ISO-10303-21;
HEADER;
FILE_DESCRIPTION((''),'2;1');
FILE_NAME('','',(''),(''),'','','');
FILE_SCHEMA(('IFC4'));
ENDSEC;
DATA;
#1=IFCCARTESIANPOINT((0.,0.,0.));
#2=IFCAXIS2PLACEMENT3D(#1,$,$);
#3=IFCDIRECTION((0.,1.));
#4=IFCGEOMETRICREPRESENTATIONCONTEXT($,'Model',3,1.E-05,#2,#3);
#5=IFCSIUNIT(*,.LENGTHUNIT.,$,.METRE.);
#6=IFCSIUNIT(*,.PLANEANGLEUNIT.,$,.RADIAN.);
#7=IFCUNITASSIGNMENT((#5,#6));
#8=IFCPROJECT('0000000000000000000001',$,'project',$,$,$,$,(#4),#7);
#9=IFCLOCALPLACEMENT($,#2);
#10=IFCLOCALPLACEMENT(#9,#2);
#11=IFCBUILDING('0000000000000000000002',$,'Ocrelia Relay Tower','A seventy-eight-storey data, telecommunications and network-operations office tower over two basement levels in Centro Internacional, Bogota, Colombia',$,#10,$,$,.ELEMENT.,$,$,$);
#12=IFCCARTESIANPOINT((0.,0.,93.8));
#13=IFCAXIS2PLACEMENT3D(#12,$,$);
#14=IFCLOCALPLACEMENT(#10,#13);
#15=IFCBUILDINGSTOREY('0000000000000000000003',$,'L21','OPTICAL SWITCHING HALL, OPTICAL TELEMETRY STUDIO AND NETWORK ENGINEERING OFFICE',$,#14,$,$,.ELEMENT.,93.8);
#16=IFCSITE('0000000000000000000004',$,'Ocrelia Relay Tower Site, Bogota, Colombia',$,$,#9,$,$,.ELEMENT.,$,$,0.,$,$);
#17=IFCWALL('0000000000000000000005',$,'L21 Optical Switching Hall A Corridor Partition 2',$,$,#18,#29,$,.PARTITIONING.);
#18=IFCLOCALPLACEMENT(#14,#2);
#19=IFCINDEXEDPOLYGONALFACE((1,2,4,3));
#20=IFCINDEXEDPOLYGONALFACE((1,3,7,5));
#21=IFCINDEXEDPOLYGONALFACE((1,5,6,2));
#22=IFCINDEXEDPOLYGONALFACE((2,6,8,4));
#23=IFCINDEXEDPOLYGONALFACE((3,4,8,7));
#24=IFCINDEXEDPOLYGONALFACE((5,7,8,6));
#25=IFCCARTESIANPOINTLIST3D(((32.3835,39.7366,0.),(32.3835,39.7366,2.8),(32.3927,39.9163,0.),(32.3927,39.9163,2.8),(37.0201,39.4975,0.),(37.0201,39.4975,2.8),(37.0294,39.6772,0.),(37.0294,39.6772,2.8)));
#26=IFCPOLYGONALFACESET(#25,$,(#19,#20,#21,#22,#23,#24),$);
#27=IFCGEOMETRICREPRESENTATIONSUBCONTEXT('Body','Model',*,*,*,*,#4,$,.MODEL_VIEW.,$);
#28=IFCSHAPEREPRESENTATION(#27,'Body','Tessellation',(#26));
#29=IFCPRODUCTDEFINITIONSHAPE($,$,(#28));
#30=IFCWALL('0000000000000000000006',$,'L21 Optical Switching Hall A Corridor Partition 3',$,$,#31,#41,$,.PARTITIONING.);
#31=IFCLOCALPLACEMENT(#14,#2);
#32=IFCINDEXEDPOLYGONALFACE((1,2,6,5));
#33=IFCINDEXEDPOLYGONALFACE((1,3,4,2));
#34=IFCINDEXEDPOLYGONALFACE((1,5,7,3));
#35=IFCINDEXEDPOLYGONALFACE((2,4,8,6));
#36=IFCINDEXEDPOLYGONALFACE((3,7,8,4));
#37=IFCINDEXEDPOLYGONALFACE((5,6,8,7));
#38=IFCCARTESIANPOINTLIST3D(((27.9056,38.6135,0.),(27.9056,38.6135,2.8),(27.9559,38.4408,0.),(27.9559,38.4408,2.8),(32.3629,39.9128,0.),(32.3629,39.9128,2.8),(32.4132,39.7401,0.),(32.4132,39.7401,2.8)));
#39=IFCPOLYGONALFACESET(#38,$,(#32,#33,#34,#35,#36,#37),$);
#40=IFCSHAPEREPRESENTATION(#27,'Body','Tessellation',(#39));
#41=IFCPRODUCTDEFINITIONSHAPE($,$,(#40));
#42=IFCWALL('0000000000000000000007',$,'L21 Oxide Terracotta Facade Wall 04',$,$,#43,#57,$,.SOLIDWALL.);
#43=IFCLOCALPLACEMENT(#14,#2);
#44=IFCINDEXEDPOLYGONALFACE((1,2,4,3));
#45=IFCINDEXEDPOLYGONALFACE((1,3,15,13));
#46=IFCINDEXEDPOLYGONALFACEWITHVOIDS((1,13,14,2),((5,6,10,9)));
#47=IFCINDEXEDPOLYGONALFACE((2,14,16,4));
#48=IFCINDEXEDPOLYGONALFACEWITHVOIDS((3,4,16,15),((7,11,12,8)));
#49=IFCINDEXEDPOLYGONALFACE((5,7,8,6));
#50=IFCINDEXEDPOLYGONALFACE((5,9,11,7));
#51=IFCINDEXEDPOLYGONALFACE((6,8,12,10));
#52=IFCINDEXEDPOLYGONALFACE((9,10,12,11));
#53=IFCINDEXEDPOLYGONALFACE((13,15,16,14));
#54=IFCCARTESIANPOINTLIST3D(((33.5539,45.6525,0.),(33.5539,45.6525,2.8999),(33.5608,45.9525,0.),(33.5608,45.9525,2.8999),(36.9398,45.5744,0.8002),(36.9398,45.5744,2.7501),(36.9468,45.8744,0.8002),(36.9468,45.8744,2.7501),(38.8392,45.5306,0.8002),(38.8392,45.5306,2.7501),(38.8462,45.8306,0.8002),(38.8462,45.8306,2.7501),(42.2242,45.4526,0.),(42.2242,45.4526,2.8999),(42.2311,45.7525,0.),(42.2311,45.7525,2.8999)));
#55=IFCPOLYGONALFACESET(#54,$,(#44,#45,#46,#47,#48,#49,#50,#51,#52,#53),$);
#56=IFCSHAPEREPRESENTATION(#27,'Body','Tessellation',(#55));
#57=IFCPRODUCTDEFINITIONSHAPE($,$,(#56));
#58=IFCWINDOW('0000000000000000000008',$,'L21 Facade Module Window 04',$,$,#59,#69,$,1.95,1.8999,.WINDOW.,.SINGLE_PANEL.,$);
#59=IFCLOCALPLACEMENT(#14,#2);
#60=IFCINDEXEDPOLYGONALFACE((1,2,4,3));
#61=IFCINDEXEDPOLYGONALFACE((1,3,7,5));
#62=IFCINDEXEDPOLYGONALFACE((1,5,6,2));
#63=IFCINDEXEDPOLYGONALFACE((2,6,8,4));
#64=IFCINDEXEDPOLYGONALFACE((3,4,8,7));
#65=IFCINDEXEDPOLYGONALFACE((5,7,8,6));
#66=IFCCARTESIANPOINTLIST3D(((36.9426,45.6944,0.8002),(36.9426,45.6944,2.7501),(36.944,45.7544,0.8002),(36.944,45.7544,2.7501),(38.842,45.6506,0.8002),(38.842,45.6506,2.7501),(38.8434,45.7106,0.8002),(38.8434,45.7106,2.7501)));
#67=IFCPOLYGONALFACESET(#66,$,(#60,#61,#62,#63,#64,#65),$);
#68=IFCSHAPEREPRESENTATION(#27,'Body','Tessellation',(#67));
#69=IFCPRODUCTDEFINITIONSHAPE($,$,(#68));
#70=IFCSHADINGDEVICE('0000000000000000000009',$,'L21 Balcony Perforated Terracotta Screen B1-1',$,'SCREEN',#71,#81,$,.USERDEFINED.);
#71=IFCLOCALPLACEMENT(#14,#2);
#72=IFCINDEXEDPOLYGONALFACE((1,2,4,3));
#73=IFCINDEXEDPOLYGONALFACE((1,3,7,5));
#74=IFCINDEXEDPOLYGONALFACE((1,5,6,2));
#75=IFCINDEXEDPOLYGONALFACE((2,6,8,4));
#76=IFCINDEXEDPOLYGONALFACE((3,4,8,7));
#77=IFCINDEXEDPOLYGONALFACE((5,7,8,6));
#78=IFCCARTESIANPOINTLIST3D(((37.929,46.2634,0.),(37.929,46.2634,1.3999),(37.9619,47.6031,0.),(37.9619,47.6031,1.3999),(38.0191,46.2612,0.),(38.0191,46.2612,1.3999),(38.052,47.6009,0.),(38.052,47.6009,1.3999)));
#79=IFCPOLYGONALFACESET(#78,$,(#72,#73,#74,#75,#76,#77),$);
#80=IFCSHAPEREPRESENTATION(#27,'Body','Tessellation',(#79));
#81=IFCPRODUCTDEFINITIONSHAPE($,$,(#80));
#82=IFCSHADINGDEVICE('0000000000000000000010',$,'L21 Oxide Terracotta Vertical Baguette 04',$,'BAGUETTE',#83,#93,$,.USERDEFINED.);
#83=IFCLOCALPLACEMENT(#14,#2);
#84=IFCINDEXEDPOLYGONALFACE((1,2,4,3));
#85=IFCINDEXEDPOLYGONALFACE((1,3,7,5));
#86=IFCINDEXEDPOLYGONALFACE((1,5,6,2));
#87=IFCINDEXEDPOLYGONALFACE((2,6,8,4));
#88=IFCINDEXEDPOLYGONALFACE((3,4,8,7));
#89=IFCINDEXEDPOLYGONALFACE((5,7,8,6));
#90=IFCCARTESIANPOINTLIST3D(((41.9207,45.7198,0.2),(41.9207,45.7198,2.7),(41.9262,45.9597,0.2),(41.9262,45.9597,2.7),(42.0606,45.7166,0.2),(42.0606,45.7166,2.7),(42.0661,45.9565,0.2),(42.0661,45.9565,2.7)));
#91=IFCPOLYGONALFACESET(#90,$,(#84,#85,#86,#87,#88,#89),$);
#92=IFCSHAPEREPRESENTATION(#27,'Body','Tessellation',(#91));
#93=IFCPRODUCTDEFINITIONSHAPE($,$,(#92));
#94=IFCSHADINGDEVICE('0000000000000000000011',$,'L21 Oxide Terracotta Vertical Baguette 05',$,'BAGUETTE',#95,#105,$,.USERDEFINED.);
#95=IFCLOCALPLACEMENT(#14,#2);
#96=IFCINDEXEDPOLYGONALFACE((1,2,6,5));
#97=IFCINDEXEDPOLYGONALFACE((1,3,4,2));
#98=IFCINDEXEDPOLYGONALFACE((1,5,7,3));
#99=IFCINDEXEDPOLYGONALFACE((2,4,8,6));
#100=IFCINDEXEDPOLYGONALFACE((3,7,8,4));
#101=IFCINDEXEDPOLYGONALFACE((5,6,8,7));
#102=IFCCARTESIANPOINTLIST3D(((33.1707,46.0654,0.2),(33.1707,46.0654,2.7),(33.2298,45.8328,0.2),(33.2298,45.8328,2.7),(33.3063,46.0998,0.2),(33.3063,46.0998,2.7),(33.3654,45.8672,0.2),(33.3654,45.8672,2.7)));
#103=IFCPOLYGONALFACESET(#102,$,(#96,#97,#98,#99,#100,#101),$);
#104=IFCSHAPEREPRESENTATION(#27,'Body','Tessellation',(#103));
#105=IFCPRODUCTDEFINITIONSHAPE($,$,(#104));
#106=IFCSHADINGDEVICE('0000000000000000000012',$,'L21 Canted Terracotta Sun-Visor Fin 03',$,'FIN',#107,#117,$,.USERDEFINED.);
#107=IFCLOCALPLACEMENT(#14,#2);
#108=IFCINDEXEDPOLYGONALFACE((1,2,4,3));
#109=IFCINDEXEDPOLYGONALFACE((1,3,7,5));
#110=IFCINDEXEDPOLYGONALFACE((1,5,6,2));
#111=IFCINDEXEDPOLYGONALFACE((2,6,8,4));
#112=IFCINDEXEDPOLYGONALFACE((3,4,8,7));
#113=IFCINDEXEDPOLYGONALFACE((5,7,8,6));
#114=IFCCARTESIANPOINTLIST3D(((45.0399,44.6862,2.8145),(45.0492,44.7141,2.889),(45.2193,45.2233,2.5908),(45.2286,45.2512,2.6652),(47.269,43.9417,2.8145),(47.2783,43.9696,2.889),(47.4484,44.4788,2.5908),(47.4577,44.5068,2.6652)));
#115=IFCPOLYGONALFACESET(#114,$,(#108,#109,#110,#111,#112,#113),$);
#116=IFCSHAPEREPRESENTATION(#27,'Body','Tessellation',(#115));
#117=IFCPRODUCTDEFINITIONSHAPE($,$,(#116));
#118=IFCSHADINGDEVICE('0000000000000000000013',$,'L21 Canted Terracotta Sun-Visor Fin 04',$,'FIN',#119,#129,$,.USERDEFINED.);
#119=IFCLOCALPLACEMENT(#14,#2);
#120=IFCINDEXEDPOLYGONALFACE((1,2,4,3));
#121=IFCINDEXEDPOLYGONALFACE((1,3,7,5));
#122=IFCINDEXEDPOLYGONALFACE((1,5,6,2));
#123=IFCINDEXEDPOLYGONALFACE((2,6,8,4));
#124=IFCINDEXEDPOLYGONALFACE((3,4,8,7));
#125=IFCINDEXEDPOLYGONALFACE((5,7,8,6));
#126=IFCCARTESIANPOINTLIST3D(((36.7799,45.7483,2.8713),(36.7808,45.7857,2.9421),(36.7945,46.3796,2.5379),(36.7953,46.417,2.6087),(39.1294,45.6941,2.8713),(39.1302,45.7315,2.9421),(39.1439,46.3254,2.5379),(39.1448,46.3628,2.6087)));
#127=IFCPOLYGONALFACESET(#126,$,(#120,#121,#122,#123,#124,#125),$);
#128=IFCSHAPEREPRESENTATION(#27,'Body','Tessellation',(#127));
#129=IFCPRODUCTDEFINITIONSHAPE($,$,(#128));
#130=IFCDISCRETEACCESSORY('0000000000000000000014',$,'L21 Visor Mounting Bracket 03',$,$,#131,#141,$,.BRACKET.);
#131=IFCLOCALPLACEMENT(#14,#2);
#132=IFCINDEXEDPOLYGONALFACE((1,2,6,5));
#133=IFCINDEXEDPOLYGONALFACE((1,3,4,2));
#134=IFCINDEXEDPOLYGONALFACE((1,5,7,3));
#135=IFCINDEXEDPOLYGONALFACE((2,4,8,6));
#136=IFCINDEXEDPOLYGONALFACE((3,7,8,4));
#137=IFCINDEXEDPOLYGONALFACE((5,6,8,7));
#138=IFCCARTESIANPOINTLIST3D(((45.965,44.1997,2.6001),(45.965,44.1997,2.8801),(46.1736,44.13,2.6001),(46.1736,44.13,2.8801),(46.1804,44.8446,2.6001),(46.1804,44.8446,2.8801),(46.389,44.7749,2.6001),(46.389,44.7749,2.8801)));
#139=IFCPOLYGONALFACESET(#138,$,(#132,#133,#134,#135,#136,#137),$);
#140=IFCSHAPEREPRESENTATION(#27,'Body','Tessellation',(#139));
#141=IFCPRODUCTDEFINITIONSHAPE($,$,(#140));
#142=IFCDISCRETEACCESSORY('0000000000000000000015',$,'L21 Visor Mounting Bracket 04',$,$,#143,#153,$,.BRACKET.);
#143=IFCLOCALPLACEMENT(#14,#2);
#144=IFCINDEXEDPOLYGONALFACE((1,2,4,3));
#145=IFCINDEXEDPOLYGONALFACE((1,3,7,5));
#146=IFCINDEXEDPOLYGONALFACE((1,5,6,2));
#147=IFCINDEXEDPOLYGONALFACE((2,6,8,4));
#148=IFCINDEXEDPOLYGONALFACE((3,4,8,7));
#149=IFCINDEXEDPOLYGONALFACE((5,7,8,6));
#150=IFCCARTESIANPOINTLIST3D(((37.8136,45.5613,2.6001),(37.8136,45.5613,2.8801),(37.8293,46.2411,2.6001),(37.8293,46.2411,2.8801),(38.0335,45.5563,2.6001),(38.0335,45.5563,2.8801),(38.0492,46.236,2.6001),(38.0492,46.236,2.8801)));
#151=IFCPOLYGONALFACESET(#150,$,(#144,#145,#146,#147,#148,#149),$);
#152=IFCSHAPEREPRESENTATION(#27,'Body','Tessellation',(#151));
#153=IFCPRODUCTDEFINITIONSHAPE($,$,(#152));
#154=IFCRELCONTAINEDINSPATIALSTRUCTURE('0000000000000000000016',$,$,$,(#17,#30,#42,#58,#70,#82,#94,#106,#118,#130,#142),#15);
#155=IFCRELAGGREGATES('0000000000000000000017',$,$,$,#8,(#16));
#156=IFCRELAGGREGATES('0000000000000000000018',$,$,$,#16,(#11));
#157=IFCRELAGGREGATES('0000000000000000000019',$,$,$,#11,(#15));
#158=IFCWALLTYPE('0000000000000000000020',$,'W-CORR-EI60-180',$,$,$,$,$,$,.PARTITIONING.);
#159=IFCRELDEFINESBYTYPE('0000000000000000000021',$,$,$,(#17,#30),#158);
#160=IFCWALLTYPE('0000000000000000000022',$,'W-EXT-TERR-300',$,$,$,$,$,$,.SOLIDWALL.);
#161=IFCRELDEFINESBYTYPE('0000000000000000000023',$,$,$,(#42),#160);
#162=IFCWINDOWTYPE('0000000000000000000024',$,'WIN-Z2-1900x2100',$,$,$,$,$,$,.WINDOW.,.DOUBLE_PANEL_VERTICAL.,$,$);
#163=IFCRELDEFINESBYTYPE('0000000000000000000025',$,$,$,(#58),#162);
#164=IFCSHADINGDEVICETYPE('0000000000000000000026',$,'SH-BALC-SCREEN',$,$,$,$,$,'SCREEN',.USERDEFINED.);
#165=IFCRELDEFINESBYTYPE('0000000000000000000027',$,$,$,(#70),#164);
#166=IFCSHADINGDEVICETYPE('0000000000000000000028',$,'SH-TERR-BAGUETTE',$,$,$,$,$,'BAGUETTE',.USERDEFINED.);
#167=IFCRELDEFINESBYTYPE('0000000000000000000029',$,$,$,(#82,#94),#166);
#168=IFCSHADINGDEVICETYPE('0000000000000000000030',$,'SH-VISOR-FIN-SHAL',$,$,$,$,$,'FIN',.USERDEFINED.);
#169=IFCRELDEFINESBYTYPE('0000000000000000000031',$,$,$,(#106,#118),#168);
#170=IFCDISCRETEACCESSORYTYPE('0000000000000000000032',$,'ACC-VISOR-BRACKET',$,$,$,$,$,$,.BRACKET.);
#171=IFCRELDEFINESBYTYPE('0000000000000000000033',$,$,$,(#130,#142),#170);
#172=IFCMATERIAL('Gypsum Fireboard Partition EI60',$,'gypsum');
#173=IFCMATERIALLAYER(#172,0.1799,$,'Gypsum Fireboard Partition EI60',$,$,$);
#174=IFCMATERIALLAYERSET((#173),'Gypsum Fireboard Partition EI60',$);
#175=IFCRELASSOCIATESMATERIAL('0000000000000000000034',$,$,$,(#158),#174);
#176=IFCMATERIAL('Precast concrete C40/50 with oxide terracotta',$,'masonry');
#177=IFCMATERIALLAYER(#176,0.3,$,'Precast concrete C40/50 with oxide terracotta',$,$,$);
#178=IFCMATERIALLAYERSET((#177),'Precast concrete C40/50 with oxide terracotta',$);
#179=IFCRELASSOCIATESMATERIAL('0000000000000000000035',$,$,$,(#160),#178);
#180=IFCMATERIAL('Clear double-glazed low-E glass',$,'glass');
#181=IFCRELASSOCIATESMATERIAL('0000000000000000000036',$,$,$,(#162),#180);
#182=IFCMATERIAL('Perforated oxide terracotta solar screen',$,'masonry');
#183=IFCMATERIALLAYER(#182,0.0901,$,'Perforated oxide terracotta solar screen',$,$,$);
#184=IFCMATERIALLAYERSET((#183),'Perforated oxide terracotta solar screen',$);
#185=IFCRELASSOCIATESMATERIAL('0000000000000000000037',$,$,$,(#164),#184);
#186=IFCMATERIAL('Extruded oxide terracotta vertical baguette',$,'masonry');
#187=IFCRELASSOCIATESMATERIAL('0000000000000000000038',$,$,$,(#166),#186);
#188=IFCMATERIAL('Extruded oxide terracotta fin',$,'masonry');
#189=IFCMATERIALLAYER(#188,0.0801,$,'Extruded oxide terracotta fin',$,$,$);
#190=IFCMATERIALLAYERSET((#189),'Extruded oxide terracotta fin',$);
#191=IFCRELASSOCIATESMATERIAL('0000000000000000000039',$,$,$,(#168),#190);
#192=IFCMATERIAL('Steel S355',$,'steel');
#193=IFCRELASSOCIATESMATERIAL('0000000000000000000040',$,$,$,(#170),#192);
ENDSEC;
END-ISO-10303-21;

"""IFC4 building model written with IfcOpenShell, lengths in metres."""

from ifc_helpers import new_model, si_unit, direction, frame, frame_2d, origin, origin_2d, place, context, subcontext, project, spatial, rectangle, extrude, material, layer, layer_set, type_object, element, fill, save


model = new_model("IFC4")

# Units and contexts
model_context = context("Model", 3, precision=1e-05, world=origin(), true_north=direction((0.0, 1.0)))
body_context = subcontext(model_context, "Body", "Model", "MODEL_VIEW")
ifc_project = project(units=[si_unit("LENGTHUNIT", "METRE"), si_unit("PLANEANGLEUNIT", "RADIAN")], contexts=[model_context])

# Site, building, storey
site_placement = place(None, origin())
site = spatial("IfcSite", under=ifc_project, at=site_placement, Name="Ocrelia Relay Tower Site, Bogota, Colombia", CompositionType="ELEMENT", RefElevation=0.0)
building_placement = place(site_placement, origin())
building = spatial("IfcBuilding", under=site, at=building_placement, Name="Ocrelia Relay Tower", Description="A seventy-eight-storey data, telecommunications and network-operations office tower over two basement levels in Centro Internacional, Bogota, Colombia", CompositionType="ELEMENT")
storey_placement = place(building_placement, frame((0.0, 0.0, 93.8)))
storey = spatial("IfcBuildingStorey", under=building, at=storey_placement, Name="L21", Description="OPTICAL SWITCHING HALL, OPTICAL TELEMETRY STUDIO AND NETWORK ENGINEERING OFFICE", CompositionType="ELEMENT", Elevation=93.8)

# Shared definitions
ifc_material_1 = material(Name="Steel S355", Category="steel")

# Shared definitions
ifc_material_2 = material(Name="Gypsum Fireboard Partition EI60", Category="gypsum")
ifc_layer_1 = layer(ifc_material_2, 0.1799, Name="Gypsum Fireboard Partition EI60")
ifc_layer_set_1 = layer_set([ifc_layer_1], Name="Gypsum Fireboard Partition EI60")
wall_type_1 = type_object("IfcWallType", Name="W-CORR-EI60-180", PredefinedType="PARTITIONING", material=ifc_layer_set_1)

# Walls
for number, where, z_axis, x_axis, name in (
    (1, (37.0247, 39.5874, 0.0), (0.0, 0.0, 1.0), (-0.998674, 0.05148, 0.0), "L21 Optical Switching Hall A Corridor Partition 2"),
    (2, (32.3879, 39.8264, 0.0), (0.0, 0.0, 1.0), (-0.960042, -0.279857, 0.0), "L21 Optical Switching Hall A Corridor Partition 3"),
):
    element("IfcWall", number, at=place(storey_placement, frame(where, z_axis=z_axis, x_axis=x_axis)), inside=storey, type_object=wall_type_1, Name=name, PredefinedType="PARTITIONING", context=body_context, shape_type="SweptSolid", body=[
        extrude(rectangle(XDim=4.6428, YDim=0.1799, at=frame_2d((2.3213, 0.0))), origin(), (0.0, 0.0, 1.0), 2.8),
    ])

# Wall, opening, window
ifc_material_3 = material(Name="Precast concrete C40/50 with oxide terracotta", Category="masonry")
ifc_layer_2 = layer(ifc_material_3, 0.3, Name="Precast concrete C40/50 with oxide terracotta")
ifc_layer_set_2 = layer_set([ifc_layer_2], Name="Precast concrete C40/50 with oxide terracotta")
wall_type_2 = type_object("IfcWallType", Name="W-EXT-TERR-300", PredefinedType="SOLIDWALL", material=ifc_layer_set_2)
wall_1_placement = place(storey_placement, frame((42.2278, 45.6025, 0.0), z_axis=(0.0, 0.0, 1.0), x_axis=(-0.999734, 0.023055, 0.0)))
wall_1 = element("IfcWall", 3, at=wall_1_placement, inside=storey, type_object=wall_type_2, Name="L21 Oxide Terracotta Facade Wall 04", PredefinedType="SOLIDWALL", context=body_context, shape_type="SweptSolid", body=[
    extrude(rectangle(XDim=8.6726, YDim=0.3, at=frame_2d((4.3364, 0.0))), origin(), (0.0, 0.0, 1.0), 2.8999),
])
opening_1_placement = place(wall_1_placement, frame((3.386, 0.0, 0.8)))
opening_1 = element("IfcOpeningElement", 4, at=opening_1_placement, cuts=wall_1, PredefinedType="OPENING", context=body_context, shape_type="SweptSolid", body=[
    extrude(rectangle(XDim=1.8999, YDim=1.95, at=frame_2d((0.95, 0.9751))), frame((0.0, 0.1602, 0.0), z_axis=(0.0, -1.0, 0.0), x_axis=(1.0, 0.0, 0.0)), (0.0, 0.0, 1.0), 0.3201),
])
ifc_material_4 = material(Name="Clear double-glazed low-E glass", Category="glass")
window_type = type_object("IfcWindowType", Name="WIN-Z2-1900x2100", PartitioningType="DOUBLE_PANEL_VERTICAL", PredefinedType="WINDOW", material=ifc_material_4)
window_placement = place(opening_1_placement, origin())
window = element("IfcWindow", 5, at=window_placement, inside=storey, type_object=window_type, Name="L21 Facade Module Window 04", OverallHeight=1.95, OverallWidth=1.8999, PartitioningType="SINGLE_PANEL", PredefinedType="WINDOW", context=body_context, shape_type="SweptSolid", body=[
    extrude(rectangle(XDim=1.8999, YDim=1.95, at=frame_2d((0.95, 0.9751))), frame((0.0, 0.03, 0.0), z_axis=(0.0, -1.0, 0.0), x_axis=(1.0, 0.0, 0.0)), (0.0, 0.0, 1.0), 0.0601),
])
fill(opening_1, window)

# Shading devices
ifc_material_5 = material(Name="Perforated oxide terracotta solar screen", Category="masonry")
ifc_layer_3 = layer(ifc_material_5, 0.0901, Name="Perforated oxide terracotta solar screen")
ifc_layer_set_3 = layer_set([ifc_layer_3], Name="Perforated oxide terracotta solar screen")
shading_device_type_1 = type_object("IfcShadingDeviceType", Name="SH-BALC-SCREEN", ElementType="SCREEN", PredefinedType="USERDEFINED", material=ifc_layer_set_3)
shading_device_1_placement = place(storey_placement, frame((37.9905, 46.9321, 0.0), z_axis=(0.0, 0.0, 1.0), x_axis=(0.024544, 0.999699, 0.0)))
element("IfcShadingDevice", 6, at=shading_device_1_placement, inside=storey, type_object=shading_device_type_1, Name="L21 Balcony Perforated Terracotta Screen B1-1", ObjectType="SCREEN", PredefinedType="USERDEFINED", context=body_context, shape_type="SweptSolid", body=[
    extrude(rectangle(XDim=1.3401, YDim=0.0901, at=origin_2d()), origin(), (0.0, 0.0, 1.0), 1.3999),
])
ifc_material_6 = material(Name="Extruded oxide terracotta vertical baguette", Category="masonry")
shading_device_type_2 = type_object("IfcShadingDeviceType", Name="SH-TERR-BAGUETTE", ElementType="BAGUETTE", PredefinedType="USERDEFINED", material=ifc_material_6)
for number, where, z_axis, x_axis, name in (
    (7, (41.9934, 45.8381, 0.2), (0.0, 0.0, 1.0), (-0.999734, 0.02306, 0.0), "L21 Oxide Terracotta Vertical Baguette 04"),
    (8, (33.2681, 45.9663, 0.2), (0.0, 0.0, 1.0), (-0.969231, -0.246154, 0.0), "L21 Oxide Terracotta Vertical Baguette 05"),
):
    element("IfcShadingDevice", number, at=place(storey_placement, frame(where, z_axis=z_axis, x_axis=x_axis)), inside=storey, type_object=shading_device_type_2, Name=name, ObjectType="BAGUETTE", PredefinedType="USERDEFINED", context=body_context, shape_type="SweptSolid", body=[
        extrude(rectangle(XDim=0.1399, YDim=0.24, at=origin_2d()), origin(), (0.0, 0.0, 1.0), 2.5),
    ])
ifc_material_7 = material(Name="Extruded oxide terracotta fin", Category="masonry")
ifc_layer_4 = layer(ifc_material_7, 0.0801, Name="Extruded oxide terracotta fin")
ifc_layer_set_4 = layer_set([ifc_layer_4], Name="Extruded oxide terracotta fin")
shading_device_type_3 = type_object("IfcShadingDeviceType", Name="SH-VISOR-FIN-SHAL", ElementType="FIN", PredefinedType="USERDEFINED", material=ifc_layer_set_4)
shading_device_2_placement = place(storey_placement, frame((46.2441, 44.5825, 2.7026), z_axis=(0.11641, 0.34855, 0.930033), x_axis=(-0.948498, 0.316784, 0.0)))
element("IfcShadingDevice", 9, at=shading_device_2_placement, inside=storey, type_object=shading_device_type_3, Name="L21 Canted Terracotta Sun-Visor Fin 03", ObjectType="FIN", PredefinedType="USERDEFINED", context=body_context, shape_type="SweptSolid", body=[
    extrude(rectangle(XDim=2.3501, YDim=0.6089, at=origin_2d()), origin(), (0.0, 0.0, 1.0), 0.0801),
])
shading_device_3_placement = place(storey_placement, frame((37.9619, 46.0369, 2.7046), z_axis=(0.010766, 0.466726, 0.884337), x_axis=(-0.999734, 0.02306, 0.0)))
element("IfcShadingDevice", 10, at=shading_device_3_placement, inside=storey, type_object=shading_device_type_3, Name="L21 Canted Terracotta Sun-Visor Fin 04", ObjectType="FIN", PredefinedType="USERDEFINED", context=body_context, shape_type="SweptSolid", body=[
    extrude(rectangle(XDim=2.3501, YDim=0.7141, at=origin_2d()), origin(), (0.0, 0.0, 1.0), 0.0801),
])

# Discrete accessories
discrete_accessory_type = type_object("IfcDiscreteAccessoryType", Name="ACC-VISOR-BRACKET", PredefinedType="BRACKET", material=ifc_material_1)
for number, where, z_axis, x_axis, name in (
    (11, (46.177, 44.4873, 2.6001), (0.0, 0.0, 1.0), (-0.948498, 0.316784, 0.0), "L21 Visor Mounting Bracket 03"),
    (12, (37.9314, 45.8987, 2.6001), (0.0, 0.0, 1.0), (-0.999734, 0.02306, 0.0), "L21 Visor Mounting Bracket 04"),
):
    element("IfcDiscreteAccessory", number, at=place(storey_placement, frame(where, z_axis=z_axis, x_axis=x_axis)), inside=storey, type_object=discrete_accessory_type, Name=name, PredefinedType="BRACKET", context=body_context, shape_type="SweptSolid", body=[
        extrude(rectangle(XDim=0.22, YDim=0.6799, at=origin_2d()), origin(), (0.0, 0.0, 1.0), 0.28),
    ])

save(model, "model.ifc")
